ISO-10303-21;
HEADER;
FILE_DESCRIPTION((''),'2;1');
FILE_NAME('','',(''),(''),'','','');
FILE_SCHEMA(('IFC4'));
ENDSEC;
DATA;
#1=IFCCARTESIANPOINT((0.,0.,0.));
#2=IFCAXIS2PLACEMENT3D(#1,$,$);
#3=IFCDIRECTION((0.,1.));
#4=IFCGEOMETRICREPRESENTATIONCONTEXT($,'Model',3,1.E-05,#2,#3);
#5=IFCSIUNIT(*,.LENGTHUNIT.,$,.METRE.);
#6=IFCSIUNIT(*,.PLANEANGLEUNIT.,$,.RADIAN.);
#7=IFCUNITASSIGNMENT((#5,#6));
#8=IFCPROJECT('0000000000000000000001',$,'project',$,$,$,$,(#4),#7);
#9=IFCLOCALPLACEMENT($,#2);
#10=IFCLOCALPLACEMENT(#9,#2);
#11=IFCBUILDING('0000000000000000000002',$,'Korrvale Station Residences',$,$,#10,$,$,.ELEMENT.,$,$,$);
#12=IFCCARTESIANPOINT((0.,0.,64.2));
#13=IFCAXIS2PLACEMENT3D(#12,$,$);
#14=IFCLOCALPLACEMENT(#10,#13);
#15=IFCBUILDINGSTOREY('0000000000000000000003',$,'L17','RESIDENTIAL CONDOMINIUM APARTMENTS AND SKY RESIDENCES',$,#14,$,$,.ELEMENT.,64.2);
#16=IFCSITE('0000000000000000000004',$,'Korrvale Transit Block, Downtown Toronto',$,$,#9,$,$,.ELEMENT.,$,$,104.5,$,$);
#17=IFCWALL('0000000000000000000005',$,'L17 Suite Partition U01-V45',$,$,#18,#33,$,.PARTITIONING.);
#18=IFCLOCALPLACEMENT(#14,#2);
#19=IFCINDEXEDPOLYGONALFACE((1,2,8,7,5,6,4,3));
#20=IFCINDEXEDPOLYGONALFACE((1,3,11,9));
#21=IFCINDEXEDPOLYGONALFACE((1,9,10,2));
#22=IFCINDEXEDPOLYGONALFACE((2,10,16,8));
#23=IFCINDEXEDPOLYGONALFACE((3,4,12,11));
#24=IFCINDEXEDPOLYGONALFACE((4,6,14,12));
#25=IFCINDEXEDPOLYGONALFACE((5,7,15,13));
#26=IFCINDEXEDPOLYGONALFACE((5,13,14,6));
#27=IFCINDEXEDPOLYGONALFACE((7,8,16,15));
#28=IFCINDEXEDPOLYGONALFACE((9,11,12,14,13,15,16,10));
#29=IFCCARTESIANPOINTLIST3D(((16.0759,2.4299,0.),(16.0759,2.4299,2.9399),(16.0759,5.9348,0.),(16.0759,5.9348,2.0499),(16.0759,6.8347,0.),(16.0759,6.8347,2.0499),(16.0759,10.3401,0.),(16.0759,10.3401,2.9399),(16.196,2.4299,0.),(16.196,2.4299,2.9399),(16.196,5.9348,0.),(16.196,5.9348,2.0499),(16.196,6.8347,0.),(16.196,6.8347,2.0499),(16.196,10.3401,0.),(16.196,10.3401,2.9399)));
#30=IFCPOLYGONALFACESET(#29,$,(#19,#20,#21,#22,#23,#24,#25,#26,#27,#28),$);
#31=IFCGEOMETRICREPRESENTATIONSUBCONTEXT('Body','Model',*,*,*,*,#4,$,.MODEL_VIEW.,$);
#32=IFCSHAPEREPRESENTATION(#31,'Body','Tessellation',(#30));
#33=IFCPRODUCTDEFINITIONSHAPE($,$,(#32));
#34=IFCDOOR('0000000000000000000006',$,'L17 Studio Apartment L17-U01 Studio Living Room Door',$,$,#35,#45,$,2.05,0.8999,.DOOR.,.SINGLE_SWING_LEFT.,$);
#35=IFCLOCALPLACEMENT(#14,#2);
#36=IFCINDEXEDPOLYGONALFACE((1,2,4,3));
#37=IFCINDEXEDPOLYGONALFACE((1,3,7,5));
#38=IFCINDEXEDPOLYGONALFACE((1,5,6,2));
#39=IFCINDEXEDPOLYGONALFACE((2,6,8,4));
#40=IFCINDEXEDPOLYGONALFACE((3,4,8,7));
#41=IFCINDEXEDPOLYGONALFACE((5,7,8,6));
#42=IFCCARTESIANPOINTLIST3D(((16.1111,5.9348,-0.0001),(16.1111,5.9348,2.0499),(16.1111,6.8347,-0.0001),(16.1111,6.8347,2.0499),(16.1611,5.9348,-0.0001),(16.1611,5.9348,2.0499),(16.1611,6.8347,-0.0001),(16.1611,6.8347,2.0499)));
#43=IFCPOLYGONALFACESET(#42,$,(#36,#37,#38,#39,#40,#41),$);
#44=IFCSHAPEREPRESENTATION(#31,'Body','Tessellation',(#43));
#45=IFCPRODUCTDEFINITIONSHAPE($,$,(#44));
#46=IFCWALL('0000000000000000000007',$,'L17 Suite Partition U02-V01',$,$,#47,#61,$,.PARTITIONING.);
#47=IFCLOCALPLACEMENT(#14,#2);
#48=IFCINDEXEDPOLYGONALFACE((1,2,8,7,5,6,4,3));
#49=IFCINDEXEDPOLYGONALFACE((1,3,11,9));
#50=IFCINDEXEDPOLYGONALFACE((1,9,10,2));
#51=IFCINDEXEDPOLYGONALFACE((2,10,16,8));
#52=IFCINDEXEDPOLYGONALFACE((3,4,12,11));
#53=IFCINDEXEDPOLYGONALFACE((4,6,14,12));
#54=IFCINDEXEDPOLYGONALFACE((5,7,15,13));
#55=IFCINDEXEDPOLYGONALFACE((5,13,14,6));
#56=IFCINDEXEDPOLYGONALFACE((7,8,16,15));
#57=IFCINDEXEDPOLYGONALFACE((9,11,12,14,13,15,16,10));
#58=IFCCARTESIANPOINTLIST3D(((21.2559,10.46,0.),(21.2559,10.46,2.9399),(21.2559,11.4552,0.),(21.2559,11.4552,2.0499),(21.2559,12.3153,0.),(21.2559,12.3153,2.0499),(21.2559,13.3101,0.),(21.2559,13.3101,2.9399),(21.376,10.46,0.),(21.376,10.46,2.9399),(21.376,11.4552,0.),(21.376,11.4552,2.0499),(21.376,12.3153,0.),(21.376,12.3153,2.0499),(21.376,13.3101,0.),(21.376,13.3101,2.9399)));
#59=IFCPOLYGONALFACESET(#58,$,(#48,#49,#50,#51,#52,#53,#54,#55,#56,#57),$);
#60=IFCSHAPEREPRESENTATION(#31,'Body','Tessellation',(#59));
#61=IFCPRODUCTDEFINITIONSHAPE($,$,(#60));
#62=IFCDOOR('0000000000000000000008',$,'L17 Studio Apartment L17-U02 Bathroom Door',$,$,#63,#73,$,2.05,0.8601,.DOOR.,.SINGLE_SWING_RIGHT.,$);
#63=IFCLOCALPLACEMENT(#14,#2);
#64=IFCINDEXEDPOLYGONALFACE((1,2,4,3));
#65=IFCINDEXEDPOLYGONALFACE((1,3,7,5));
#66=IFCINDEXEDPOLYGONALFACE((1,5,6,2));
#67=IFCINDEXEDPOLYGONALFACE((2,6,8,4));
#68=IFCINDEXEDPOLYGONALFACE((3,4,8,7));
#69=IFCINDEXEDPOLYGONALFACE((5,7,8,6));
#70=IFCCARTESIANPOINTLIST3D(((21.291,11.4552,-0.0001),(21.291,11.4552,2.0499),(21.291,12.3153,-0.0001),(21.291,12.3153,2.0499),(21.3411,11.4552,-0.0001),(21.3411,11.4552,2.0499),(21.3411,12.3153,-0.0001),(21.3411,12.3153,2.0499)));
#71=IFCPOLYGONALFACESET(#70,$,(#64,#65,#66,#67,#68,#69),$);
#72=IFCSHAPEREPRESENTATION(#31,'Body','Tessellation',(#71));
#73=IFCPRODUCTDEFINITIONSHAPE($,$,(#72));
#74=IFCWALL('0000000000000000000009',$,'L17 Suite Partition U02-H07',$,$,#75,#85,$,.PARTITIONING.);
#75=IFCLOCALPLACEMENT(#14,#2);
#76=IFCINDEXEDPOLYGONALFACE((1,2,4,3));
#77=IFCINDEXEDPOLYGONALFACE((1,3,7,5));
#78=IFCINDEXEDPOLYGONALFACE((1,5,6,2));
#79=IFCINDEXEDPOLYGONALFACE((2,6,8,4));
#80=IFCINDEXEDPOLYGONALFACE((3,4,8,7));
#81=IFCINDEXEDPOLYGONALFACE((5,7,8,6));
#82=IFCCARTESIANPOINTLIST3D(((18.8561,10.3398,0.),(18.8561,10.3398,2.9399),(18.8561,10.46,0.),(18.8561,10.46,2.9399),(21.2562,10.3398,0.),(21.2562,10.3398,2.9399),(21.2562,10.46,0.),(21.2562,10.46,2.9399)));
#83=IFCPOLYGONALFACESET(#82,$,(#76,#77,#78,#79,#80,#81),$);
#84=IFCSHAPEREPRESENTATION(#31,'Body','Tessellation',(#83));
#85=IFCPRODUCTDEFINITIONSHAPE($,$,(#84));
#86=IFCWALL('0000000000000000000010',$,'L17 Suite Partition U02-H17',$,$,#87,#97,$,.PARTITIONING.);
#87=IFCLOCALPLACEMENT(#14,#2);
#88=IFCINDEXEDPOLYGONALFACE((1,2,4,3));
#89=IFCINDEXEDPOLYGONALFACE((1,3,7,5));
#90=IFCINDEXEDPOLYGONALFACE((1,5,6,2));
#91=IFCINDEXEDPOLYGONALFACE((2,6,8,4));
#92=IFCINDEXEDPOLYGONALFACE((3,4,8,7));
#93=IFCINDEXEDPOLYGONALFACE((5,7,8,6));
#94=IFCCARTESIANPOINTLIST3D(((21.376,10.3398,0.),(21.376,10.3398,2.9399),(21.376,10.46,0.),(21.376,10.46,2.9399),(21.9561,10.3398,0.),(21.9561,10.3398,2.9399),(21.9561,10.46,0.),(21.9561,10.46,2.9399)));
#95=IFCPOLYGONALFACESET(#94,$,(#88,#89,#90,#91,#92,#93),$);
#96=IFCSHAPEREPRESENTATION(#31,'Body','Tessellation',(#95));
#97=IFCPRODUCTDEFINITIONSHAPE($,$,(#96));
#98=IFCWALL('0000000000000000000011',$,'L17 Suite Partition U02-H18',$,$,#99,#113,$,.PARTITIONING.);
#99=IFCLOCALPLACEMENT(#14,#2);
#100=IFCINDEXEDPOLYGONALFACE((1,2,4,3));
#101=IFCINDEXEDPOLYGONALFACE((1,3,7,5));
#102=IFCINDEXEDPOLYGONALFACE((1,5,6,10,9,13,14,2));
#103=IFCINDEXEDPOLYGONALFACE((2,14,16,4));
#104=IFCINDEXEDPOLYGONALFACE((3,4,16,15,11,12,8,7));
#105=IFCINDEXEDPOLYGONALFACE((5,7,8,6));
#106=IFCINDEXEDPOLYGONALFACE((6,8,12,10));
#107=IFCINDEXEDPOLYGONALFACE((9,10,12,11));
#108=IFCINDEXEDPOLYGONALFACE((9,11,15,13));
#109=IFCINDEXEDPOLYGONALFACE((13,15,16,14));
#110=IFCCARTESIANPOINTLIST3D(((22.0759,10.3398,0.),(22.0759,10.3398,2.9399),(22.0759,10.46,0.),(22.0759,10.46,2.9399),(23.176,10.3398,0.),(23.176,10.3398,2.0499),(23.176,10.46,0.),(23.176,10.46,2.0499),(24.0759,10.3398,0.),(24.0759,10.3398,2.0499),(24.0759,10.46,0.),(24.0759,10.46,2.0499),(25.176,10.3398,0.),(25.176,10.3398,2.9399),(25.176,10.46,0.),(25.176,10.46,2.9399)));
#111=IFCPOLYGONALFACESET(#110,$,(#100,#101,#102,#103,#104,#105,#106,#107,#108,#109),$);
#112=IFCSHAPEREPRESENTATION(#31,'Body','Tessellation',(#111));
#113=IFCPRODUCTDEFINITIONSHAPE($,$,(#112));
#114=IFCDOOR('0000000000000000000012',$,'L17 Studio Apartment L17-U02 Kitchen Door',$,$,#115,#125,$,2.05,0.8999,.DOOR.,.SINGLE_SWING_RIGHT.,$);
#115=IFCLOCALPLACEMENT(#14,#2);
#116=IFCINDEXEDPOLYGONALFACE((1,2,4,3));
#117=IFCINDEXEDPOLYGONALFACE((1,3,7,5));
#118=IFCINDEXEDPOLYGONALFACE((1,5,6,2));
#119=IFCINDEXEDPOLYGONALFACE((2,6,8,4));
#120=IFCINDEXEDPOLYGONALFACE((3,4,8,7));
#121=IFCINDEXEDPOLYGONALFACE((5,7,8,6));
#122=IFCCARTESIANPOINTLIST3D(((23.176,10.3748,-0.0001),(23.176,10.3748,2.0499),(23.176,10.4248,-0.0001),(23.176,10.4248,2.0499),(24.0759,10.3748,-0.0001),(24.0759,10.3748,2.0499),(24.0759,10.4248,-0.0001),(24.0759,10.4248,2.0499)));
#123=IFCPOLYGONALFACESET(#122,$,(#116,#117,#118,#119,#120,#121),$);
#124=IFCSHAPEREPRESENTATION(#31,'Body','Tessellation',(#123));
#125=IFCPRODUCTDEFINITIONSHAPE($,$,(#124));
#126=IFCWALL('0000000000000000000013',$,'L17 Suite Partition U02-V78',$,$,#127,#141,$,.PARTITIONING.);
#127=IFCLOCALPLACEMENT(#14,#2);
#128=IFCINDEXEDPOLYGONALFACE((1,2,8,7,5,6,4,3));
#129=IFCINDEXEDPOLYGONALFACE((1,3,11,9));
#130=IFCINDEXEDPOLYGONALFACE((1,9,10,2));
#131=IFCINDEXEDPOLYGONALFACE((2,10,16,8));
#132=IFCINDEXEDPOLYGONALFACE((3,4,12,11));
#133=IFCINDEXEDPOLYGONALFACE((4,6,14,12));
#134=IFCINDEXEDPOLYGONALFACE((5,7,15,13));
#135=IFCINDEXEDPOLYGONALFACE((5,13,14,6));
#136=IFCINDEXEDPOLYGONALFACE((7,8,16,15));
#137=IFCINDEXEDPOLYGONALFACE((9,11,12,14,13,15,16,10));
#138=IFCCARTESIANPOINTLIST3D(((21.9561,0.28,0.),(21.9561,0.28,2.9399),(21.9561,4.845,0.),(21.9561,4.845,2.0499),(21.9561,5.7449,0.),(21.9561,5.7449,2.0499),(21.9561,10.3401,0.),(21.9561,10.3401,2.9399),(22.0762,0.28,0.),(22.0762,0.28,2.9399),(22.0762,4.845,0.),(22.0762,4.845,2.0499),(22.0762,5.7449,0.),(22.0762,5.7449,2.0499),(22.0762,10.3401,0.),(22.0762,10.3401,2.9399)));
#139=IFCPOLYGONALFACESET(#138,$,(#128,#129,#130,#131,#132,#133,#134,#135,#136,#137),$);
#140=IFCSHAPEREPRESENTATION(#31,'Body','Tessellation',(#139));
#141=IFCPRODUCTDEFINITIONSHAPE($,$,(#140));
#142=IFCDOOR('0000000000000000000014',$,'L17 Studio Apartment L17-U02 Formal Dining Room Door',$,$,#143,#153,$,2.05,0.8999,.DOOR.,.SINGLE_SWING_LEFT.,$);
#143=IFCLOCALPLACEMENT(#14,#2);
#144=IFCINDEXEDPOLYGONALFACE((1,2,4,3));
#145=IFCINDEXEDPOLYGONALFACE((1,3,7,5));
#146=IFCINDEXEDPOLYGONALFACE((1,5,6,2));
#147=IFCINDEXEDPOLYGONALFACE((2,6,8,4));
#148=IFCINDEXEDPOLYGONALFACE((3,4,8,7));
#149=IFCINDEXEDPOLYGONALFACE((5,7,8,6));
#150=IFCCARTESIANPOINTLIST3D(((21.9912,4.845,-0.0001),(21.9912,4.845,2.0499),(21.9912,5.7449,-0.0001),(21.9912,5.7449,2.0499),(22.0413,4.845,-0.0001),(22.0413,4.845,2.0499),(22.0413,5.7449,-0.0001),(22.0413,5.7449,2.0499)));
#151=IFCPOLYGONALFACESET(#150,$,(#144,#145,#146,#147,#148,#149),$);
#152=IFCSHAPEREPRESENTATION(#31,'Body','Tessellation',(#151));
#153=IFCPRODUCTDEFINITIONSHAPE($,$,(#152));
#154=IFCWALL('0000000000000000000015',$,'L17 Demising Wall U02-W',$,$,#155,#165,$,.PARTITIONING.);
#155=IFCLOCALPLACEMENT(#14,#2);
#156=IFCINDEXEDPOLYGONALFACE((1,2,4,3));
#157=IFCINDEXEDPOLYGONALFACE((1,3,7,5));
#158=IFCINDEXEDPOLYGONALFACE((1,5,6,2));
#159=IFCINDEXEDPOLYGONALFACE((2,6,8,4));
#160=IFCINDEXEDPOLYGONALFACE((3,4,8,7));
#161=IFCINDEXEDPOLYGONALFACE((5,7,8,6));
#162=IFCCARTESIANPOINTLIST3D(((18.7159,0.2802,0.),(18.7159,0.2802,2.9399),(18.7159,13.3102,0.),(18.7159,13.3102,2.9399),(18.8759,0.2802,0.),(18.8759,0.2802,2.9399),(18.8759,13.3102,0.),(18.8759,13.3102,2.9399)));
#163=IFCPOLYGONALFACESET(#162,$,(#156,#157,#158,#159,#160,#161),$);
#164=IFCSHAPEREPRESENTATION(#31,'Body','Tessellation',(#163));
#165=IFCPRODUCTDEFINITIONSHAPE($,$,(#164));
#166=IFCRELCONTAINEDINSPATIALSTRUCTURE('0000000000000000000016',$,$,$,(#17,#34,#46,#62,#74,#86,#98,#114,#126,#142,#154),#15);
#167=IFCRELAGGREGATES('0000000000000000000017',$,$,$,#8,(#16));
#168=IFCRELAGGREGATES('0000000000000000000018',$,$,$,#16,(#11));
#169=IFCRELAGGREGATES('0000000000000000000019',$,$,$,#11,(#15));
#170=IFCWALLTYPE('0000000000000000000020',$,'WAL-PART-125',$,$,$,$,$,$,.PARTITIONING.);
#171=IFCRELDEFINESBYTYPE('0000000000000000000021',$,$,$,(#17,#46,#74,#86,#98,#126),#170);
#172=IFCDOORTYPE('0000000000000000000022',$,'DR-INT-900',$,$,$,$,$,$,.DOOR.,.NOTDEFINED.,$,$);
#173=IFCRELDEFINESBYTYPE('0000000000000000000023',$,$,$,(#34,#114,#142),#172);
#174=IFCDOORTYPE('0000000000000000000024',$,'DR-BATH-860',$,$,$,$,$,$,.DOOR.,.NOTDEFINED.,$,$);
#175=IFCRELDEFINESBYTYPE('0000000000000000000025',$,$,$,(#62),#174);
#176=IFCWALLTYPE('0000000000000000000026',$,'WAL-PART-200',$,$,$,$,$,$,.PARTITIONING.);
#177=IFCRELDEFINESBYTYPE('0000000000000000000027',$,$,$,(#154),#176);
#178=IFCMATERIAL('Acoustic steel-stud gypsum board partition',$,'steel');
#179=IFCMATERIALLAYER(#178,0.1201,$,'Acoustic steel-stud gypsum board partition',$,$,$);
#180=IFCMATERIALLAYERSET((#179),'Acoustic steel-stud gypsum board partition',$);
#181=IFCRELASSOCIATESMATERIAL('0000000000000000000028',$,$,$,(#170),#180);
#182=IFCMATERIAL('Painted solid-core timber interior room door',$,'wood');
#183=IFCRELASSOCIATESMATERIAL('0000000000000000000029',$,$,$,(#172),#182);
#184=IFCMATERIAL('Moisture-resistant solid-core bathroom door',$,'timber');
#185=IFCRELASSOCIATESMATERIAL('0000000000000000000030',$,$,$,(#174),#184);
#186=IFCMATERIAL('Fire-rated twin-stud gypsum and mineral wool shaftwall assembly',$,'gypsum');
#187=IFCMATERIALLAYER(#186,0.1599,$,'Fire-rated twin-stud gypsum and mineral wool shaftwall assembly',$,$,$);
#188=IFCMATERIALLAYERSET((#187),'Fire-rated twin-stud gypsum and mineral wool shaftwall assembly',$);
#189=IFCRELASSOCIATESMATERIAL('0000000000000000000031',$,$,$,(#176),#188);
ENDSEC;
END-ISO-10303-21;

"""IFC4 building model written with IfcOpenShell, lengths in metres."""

from ifc_helpers import new_model, si_unit, direction, frame, frame_2d, origin, place, context, subcontext, project, spatial, rectangle, extrude, material, layer, layer_set, type_object, element, fill, save


model = new_model("IFC4")

# Units and contexts
model_context = context("Model", 3, precision=1e-05, world=origin(), true_north=direction((0.0, 1.0)))
body_context = subcontext(model_context, "Body", "Model", "MODEL_VIEW")
ifc_project = project(units=[si_unit("LENGTHUNIT", "METRE"), si_unit("PLANEANGLEUNIT", "RADIAN")], contexts=[model_context])

# Site, building, storey
site_placement = place(None, origin())
site = spatial("IfcSite", under=ifc_project, at=site_placement, Name="Korrvale Transit Block, Downtown Toronto", CompositionType="ELEMENT", RefElevation=104.5)
building_placement = place(site_placement, origin())
building = spatial("IfcBuilding", under=site, at=building_placement, Name="Korrvale Station Residences", CompositionType="ELEMENT")
storey_placement = place(building_placement, frame((0.0, 0.0, 64.2)))
storey = spatial("IfcBuildingStorey", under=building, at=storey_placement, Name="L17", Description="RESIDENTIAL CONDOMINIUM APARTMENTS AND SKY RESIDENCES", CompositionType="ELEMENT", Elevation=64.2)

# Walls, openings, doors
ifc_material_1 = material(Name="Acoustic steel-stud gypsum board partition", Category="steel")
ifc_layer_1 = layer(ifc_material_1, 0.1201, Name="Acoustic steel-stud gypsum board partition")
ifc_layer_set_1 = layer_set([ifc_layer_1], Name="Acoustic steel-stud gypsum board partition")
wall_type_1 = type_object("IfcWallType", Name="WAL-PART-125", PredefinedType="PARTITIONING", material=ifc_layer_set_1)
ifc_material_2 = material(Name="Painted solid-core timber interior room door", Category="wood")
door_type_1 = type_object("IfcDoorType", Name="DR-INT-900", OperationType="NOTDEFINED", PredefinedType="DOOR", material=ifc_material_2)
wall_1_placement = place(storey_placement, frame((16.136, 2.4299, 0.0), z_axis=(0.0, 0.0, 1.0), x_axis=(0.0, 1.0, 0.0)))
wall_1 = element("IfcWall", 1, at=wall_1_placement, inside=storey, type_object=wall_type_1, Name="L17 Suite Partition U01-V45", PredefinedType="PARTITIONING", context=body_context, shape_type="SweptSolid", body=[
    extrude(rectangle(XDim=7.9102, YDim=0.1201, at=frame_2d((3.9551, 0.0))), origin(), (0.0, 0.0, 1.0), 2.9399),
])
opening_1_placement = place(wall_1_placement, frame((3.5049, 0.0, 0.0)))
opening_1 = element("IfcOpeningElement", 2, at=opening_1_placement, cuts=wall_1, PredefinedType="OPENING", context=body_context, shape_type="SweptSolid", body=[
    extrude(rectangle(XDim=0.8999, YDim=2.05, at=frame_2d((0.45, 1.0249))), frame((0.0, 0.0701, 0.0), z_axis=(0.0, -1.0, 0.0), x_axis=(1.0, 0.0, 0.0)), (0.0, 0.0, 1.0), 0.1401),
])
door_1_placement = place(opening_1_placement, origin())
door_1 = element("IfcDoor", 3, at=door_1_placement, inside=storey, type_object=door_type_1, Name="L17 Studio Apartment L17-U01 Studio Living Room Door", OperationType="SINGLE_SWING_LEFT", OverallHeight=2.05, OverallWidth=0.8999, PredefinedType="DOOR", context=body_context, shape_type="SweptSolid", body=[
    extrude(rectangle(XDim=0.8999, YDim=2.05, at=frame_2d((0.45, 1.0249))), frame((0.0, 0.0249, 0.0), z_axis=(0.0, -1.0, 0.0), x_axis=(1.0, 0.0, 0.0)), (0.0, 0.0, 1.0), 0.05),
])
fill(opening_1, door_1)
wall_2_placement = place(storey_placement, frame((21.3159, 10.46, 0.0), z_axis=(0.0, 0.0, 1.0), x_axis=(0.0, 1.0, 0.0)))
wall_2 = element("IfcWall", 4, at=wall_2_placement, inside=storey, type_object=wall_type_1, Name="L17 Suite Partition U02-V01", PredefinedType="PARTITIONING", context=body_context, shape_type="SweptSolid", body=[
    extrude(rectangle(XDim=2.8501, YDim=0.1201, at=frame_2d((1.425, 0.0))), origin(), (0.0, 0.0, 1.0), 2.9399),
])
opening_2_placement = place(wall_2_placement, frame((0.9951, 0.0, 0.0)))
opening_2 = element("IfcOpeningElement", 5, at=opening_2_placement, cuts=wall_2, PredefinedType="OPENING", context=body_context, shape_type="SweptSolid", body=[
    extrude(rectangle(XDim=0.8601, YDim=2.05, at=frame_2d((0.4302, 1.0249))), frame((0.0, 0.0701, 0.0), z_axis=(0.0, -1.0, 0.0), x_axis=(1.0, 0.0, 0.0)), (0.0, 0.0, 1.0), 0.1401),
])
ifc_material_3 = material(Name="Moisture-resistant solid-core bathroom door", Category="timber")
door_type_2 = type_object("IfcDoorType", Name="DR-BATH-860", OperationType="NOTDEFINED", PredefinedType="DOOR", material=ifc_material_3)
door_2_placement = place(opening_2_placement, origin())
door_2 = element("IfcDoor", 6, at=door_2_placement, inside=storey, type_object=door_type_2, Name="L17 Studio Apartment L17-U02 Bathroom Door", OperationType="SINGLE_SWING_RIGHT", OverallHeight=2.05, OverallWidth=0.8601, PredefinedType="DOOR", context=body_context, shape_type="SweptSolid", body=[
    extrude(rectangle(XDim=0.8601, YDim=2.05, at=frame_2d((0.4302, 1.0249))), frame((0.0, 0.0249, 0.0), z_axis=(0.0, -1.0, 0.0), x_axis=(1.0, 0.0, 0.0)), (0.0, 0.0, 1.0), 0.05),
])
fill(opening_2, door_2)

# Walls
wall_3_placement = place(storey_placement, frame((18.856, 10.3999, 0.0), z_axis=(0.0, 0.0, 1.0), x_axis=(1.0, 0.0, 0.0)))
element("IfcWall", 7, at=wall_3_placement, inside=storey, type_object=wall_type_1, Name="L17 Suite Partition U02-H07", PredefinedType="PARTITIONING", context=body_context, shape_type="SweptSolid", body=[
    extrude(rectangle(XDim=2.4001, YDim=0.1201, at=frame_2d((1.2002, 0.0))), origin(), (0.0, 0.0, 1.0), 2.9399),
])
wall_4_placement = place(storey_placement, frame((21.376, 10.3999, 0.0), z_axis=(0.0, 0.0, 1.0), x_axis=(1.0, 0.0, 0.0)))
element("IfcWall", 8, at=wall_4_placement, inside=storey, type_object=wall_type_1, Name="L17 Suite Partition U02-H17", PredefinedType="PARTITIONING", context=body_context, shape_type="SweptSolid", body=[
    extrude(rectangle(XDim=0.5801, YDim=0.1201, at=frame_2d((0.29, 0.0))), origin(), (0.0, 0.0, 1.0), 2.9399),
])

# Walls, openings, doors
wall_5_placement = place(storey_placement, frame((22.0759, 10.3999, 0.0), z_axis=(0.0, 0.0, 1.0), x_axis=(1.0, 0.0, 0.0)))
wall_5 = element("IfcWall", 9, at=wall_5_placement, inside=storey, type_object=wall_type_1, Name="L17 Suite Partition U02-H18", PredefinedType="PARTITIONING", context=body_context, shape_type="SweptSolid", body=[
    extrude(rectangle(XDim=3.1001, YDim=0.1201, at=frame_2d((1.55, 0.0))), origin(), (0.0, 0.0, 1.0), 2.9399),
])
opening_3_placement = place(wall_5_placement, frame((1.1001, 0.0, 0.0)))
opening_3 = element("IfcOpeningElement", 10, at=opening_3_placement, cuts=wall_5, PredefinedType="OPENING", context=body_context, shape_type="SweptSolid", body=[
    extrude(rectangle(XDim=0.8999, YDim=2.05, at=frame_2d((0.45, 1.0249))), frame((0.0, 0.0701, 0.0), z_axis=(0.0, -1.0, 0.0), x_axis=(1.0, 0.0, 0.0)), (0.0, 0.0, 1.0), 0.1401),
])
door_3_placement = place(opening_3_placement, origin())
door_3 = element("IfcDoor", 11, at=door_3_placement, inside=storey, type_object=door_type_1, Name="L17 Studio Apartment L17-U02 Kitchen Door", OperationType="SINGLE_SWING_RIGHT", OverallHeight=2.05, OverallWidth=0.8999, PredefinedType="DOOR", context=body_context, shape_type="SweptSolid", body=[
    extrude(rectangle(XDim=0.8999, YDim=2.05, at=frame_2d((0.45, 1.0249))), frame((0.0, 0.0249, 0.0), z_axis=(0.0, -1.0, 0.0), x_axis=(1.0, 0.0, 0.0)), (0.0, 0.0, 1.0), 0.05),
])
fill(opening_3, door_3)
wall_6_placement = place(storey_placement, frame((22.0161, 0.28, 0.0), z_axis=(0.0, 0.0, 1.0), x_axis=(0.0, 1.0, 0.0)))
wall_6 = element("IfcWall", 12, at=wall_6_placement, inside=storey, type_object=wall_type_1, Name="L17 Suite Partition U02-V78", PredefinedType="PARTITIONING", context=body_context, shape_type="SweptSolid", body=[
    extrude(rectangle(XDim=10.0601, YDim=0.1201, at=frame_2d((5.03, 0.0))), origin(), (0.0, 0.0, 1.0), 2.9399),
])
opening_4_placement = place(wall_6_placement, frame((4.5649, 0.0, 0.0)))
opening_4 = element("IfcOpeningElement", 13, at=opening_4_placement, cuts=wall_6, PredefinedType="OPENING", context=body_context, shape_type="SweptSolid", body=[
    extrude(rectangle(XDim=0.8999, YDim=2.05, at=frame_2d((0.45, 1.0249))), frame((0.0, 0.0701, 0.0), z_axis=(0.0, -1.0, 0.0), x_axis=(1.0, 0.0, 0.0)), (0.0, 0.0, 1.0), 0.1401),
])
door_4_placement = place(opening_4_placement, origin())
door_4 = element("IfcDoor", 14, at=door_4_placement, inside=storey, type_object=door_type_1, Name="L17 Studio Apartment L17-U02 Formal Dining Room Door", OperationType="SINGLE_SWING_LEFT", OverallHeight=2.05, OverallWidth=0.8999, PredefinedType="DOOR", context=body_context, shape_type="SweptSolid", body=[
    extrude(rectangle(XDim=0.8999, YDim=2.05, at=frame_2d((0.45, 1.0249))), frame((0.0, 0.0249, 0.0), z_axis=(0.0, -1.0, 0.0), x_axis=(1.0, 0.0, 0.0)), (0.0, 0.0, 1.0), 0.05),
])
fill(opening_4, door_4)

# Wall
ifc_material_4 = material(Name="Fire-rated twin-stud gypsum and mineral wool shaftwall assembly", Category="gypsum")
ifc_layer_2 = layer(ifc_material_4, 0.1599, Name="Fire-rated twin-stud gypsum and mineral wool shaftwall assembly")
ifc_layer_set_2 = layer_set([ifc_layer_2], Name="Fire-rated twin-stud gypsum and mineral wool shaftwall assembly")
wall_type_2 = type_object("IfcWallType", Name="WAL-PART-200", PredefinedType="PARTITIONING", material=ifc_layer_set_2)
wall_7_placement = place(storey_placement, frame((18.7959, 0.28, 0.0), z_axis=(0.0, 0.0, 1.0), x_axis=(0.0, 1.0, 0.0)))
element("IfcWall", 15, at=wall_7_placement, inside=storey, type_object=wall_type_2, Name="L17 Demising Wall U02-W", PredefinedType="PARTITIONING", context=body_context, shape_type="SweptSolid", body=[
    extrude(rectangle(XDim=13.03, YDim=0.1599, at=frame_2d((6.5151, 0.0))), origin(), (0.0, 0.0, 1.0), 2.9399),
])

save(model, "model.ifc")
